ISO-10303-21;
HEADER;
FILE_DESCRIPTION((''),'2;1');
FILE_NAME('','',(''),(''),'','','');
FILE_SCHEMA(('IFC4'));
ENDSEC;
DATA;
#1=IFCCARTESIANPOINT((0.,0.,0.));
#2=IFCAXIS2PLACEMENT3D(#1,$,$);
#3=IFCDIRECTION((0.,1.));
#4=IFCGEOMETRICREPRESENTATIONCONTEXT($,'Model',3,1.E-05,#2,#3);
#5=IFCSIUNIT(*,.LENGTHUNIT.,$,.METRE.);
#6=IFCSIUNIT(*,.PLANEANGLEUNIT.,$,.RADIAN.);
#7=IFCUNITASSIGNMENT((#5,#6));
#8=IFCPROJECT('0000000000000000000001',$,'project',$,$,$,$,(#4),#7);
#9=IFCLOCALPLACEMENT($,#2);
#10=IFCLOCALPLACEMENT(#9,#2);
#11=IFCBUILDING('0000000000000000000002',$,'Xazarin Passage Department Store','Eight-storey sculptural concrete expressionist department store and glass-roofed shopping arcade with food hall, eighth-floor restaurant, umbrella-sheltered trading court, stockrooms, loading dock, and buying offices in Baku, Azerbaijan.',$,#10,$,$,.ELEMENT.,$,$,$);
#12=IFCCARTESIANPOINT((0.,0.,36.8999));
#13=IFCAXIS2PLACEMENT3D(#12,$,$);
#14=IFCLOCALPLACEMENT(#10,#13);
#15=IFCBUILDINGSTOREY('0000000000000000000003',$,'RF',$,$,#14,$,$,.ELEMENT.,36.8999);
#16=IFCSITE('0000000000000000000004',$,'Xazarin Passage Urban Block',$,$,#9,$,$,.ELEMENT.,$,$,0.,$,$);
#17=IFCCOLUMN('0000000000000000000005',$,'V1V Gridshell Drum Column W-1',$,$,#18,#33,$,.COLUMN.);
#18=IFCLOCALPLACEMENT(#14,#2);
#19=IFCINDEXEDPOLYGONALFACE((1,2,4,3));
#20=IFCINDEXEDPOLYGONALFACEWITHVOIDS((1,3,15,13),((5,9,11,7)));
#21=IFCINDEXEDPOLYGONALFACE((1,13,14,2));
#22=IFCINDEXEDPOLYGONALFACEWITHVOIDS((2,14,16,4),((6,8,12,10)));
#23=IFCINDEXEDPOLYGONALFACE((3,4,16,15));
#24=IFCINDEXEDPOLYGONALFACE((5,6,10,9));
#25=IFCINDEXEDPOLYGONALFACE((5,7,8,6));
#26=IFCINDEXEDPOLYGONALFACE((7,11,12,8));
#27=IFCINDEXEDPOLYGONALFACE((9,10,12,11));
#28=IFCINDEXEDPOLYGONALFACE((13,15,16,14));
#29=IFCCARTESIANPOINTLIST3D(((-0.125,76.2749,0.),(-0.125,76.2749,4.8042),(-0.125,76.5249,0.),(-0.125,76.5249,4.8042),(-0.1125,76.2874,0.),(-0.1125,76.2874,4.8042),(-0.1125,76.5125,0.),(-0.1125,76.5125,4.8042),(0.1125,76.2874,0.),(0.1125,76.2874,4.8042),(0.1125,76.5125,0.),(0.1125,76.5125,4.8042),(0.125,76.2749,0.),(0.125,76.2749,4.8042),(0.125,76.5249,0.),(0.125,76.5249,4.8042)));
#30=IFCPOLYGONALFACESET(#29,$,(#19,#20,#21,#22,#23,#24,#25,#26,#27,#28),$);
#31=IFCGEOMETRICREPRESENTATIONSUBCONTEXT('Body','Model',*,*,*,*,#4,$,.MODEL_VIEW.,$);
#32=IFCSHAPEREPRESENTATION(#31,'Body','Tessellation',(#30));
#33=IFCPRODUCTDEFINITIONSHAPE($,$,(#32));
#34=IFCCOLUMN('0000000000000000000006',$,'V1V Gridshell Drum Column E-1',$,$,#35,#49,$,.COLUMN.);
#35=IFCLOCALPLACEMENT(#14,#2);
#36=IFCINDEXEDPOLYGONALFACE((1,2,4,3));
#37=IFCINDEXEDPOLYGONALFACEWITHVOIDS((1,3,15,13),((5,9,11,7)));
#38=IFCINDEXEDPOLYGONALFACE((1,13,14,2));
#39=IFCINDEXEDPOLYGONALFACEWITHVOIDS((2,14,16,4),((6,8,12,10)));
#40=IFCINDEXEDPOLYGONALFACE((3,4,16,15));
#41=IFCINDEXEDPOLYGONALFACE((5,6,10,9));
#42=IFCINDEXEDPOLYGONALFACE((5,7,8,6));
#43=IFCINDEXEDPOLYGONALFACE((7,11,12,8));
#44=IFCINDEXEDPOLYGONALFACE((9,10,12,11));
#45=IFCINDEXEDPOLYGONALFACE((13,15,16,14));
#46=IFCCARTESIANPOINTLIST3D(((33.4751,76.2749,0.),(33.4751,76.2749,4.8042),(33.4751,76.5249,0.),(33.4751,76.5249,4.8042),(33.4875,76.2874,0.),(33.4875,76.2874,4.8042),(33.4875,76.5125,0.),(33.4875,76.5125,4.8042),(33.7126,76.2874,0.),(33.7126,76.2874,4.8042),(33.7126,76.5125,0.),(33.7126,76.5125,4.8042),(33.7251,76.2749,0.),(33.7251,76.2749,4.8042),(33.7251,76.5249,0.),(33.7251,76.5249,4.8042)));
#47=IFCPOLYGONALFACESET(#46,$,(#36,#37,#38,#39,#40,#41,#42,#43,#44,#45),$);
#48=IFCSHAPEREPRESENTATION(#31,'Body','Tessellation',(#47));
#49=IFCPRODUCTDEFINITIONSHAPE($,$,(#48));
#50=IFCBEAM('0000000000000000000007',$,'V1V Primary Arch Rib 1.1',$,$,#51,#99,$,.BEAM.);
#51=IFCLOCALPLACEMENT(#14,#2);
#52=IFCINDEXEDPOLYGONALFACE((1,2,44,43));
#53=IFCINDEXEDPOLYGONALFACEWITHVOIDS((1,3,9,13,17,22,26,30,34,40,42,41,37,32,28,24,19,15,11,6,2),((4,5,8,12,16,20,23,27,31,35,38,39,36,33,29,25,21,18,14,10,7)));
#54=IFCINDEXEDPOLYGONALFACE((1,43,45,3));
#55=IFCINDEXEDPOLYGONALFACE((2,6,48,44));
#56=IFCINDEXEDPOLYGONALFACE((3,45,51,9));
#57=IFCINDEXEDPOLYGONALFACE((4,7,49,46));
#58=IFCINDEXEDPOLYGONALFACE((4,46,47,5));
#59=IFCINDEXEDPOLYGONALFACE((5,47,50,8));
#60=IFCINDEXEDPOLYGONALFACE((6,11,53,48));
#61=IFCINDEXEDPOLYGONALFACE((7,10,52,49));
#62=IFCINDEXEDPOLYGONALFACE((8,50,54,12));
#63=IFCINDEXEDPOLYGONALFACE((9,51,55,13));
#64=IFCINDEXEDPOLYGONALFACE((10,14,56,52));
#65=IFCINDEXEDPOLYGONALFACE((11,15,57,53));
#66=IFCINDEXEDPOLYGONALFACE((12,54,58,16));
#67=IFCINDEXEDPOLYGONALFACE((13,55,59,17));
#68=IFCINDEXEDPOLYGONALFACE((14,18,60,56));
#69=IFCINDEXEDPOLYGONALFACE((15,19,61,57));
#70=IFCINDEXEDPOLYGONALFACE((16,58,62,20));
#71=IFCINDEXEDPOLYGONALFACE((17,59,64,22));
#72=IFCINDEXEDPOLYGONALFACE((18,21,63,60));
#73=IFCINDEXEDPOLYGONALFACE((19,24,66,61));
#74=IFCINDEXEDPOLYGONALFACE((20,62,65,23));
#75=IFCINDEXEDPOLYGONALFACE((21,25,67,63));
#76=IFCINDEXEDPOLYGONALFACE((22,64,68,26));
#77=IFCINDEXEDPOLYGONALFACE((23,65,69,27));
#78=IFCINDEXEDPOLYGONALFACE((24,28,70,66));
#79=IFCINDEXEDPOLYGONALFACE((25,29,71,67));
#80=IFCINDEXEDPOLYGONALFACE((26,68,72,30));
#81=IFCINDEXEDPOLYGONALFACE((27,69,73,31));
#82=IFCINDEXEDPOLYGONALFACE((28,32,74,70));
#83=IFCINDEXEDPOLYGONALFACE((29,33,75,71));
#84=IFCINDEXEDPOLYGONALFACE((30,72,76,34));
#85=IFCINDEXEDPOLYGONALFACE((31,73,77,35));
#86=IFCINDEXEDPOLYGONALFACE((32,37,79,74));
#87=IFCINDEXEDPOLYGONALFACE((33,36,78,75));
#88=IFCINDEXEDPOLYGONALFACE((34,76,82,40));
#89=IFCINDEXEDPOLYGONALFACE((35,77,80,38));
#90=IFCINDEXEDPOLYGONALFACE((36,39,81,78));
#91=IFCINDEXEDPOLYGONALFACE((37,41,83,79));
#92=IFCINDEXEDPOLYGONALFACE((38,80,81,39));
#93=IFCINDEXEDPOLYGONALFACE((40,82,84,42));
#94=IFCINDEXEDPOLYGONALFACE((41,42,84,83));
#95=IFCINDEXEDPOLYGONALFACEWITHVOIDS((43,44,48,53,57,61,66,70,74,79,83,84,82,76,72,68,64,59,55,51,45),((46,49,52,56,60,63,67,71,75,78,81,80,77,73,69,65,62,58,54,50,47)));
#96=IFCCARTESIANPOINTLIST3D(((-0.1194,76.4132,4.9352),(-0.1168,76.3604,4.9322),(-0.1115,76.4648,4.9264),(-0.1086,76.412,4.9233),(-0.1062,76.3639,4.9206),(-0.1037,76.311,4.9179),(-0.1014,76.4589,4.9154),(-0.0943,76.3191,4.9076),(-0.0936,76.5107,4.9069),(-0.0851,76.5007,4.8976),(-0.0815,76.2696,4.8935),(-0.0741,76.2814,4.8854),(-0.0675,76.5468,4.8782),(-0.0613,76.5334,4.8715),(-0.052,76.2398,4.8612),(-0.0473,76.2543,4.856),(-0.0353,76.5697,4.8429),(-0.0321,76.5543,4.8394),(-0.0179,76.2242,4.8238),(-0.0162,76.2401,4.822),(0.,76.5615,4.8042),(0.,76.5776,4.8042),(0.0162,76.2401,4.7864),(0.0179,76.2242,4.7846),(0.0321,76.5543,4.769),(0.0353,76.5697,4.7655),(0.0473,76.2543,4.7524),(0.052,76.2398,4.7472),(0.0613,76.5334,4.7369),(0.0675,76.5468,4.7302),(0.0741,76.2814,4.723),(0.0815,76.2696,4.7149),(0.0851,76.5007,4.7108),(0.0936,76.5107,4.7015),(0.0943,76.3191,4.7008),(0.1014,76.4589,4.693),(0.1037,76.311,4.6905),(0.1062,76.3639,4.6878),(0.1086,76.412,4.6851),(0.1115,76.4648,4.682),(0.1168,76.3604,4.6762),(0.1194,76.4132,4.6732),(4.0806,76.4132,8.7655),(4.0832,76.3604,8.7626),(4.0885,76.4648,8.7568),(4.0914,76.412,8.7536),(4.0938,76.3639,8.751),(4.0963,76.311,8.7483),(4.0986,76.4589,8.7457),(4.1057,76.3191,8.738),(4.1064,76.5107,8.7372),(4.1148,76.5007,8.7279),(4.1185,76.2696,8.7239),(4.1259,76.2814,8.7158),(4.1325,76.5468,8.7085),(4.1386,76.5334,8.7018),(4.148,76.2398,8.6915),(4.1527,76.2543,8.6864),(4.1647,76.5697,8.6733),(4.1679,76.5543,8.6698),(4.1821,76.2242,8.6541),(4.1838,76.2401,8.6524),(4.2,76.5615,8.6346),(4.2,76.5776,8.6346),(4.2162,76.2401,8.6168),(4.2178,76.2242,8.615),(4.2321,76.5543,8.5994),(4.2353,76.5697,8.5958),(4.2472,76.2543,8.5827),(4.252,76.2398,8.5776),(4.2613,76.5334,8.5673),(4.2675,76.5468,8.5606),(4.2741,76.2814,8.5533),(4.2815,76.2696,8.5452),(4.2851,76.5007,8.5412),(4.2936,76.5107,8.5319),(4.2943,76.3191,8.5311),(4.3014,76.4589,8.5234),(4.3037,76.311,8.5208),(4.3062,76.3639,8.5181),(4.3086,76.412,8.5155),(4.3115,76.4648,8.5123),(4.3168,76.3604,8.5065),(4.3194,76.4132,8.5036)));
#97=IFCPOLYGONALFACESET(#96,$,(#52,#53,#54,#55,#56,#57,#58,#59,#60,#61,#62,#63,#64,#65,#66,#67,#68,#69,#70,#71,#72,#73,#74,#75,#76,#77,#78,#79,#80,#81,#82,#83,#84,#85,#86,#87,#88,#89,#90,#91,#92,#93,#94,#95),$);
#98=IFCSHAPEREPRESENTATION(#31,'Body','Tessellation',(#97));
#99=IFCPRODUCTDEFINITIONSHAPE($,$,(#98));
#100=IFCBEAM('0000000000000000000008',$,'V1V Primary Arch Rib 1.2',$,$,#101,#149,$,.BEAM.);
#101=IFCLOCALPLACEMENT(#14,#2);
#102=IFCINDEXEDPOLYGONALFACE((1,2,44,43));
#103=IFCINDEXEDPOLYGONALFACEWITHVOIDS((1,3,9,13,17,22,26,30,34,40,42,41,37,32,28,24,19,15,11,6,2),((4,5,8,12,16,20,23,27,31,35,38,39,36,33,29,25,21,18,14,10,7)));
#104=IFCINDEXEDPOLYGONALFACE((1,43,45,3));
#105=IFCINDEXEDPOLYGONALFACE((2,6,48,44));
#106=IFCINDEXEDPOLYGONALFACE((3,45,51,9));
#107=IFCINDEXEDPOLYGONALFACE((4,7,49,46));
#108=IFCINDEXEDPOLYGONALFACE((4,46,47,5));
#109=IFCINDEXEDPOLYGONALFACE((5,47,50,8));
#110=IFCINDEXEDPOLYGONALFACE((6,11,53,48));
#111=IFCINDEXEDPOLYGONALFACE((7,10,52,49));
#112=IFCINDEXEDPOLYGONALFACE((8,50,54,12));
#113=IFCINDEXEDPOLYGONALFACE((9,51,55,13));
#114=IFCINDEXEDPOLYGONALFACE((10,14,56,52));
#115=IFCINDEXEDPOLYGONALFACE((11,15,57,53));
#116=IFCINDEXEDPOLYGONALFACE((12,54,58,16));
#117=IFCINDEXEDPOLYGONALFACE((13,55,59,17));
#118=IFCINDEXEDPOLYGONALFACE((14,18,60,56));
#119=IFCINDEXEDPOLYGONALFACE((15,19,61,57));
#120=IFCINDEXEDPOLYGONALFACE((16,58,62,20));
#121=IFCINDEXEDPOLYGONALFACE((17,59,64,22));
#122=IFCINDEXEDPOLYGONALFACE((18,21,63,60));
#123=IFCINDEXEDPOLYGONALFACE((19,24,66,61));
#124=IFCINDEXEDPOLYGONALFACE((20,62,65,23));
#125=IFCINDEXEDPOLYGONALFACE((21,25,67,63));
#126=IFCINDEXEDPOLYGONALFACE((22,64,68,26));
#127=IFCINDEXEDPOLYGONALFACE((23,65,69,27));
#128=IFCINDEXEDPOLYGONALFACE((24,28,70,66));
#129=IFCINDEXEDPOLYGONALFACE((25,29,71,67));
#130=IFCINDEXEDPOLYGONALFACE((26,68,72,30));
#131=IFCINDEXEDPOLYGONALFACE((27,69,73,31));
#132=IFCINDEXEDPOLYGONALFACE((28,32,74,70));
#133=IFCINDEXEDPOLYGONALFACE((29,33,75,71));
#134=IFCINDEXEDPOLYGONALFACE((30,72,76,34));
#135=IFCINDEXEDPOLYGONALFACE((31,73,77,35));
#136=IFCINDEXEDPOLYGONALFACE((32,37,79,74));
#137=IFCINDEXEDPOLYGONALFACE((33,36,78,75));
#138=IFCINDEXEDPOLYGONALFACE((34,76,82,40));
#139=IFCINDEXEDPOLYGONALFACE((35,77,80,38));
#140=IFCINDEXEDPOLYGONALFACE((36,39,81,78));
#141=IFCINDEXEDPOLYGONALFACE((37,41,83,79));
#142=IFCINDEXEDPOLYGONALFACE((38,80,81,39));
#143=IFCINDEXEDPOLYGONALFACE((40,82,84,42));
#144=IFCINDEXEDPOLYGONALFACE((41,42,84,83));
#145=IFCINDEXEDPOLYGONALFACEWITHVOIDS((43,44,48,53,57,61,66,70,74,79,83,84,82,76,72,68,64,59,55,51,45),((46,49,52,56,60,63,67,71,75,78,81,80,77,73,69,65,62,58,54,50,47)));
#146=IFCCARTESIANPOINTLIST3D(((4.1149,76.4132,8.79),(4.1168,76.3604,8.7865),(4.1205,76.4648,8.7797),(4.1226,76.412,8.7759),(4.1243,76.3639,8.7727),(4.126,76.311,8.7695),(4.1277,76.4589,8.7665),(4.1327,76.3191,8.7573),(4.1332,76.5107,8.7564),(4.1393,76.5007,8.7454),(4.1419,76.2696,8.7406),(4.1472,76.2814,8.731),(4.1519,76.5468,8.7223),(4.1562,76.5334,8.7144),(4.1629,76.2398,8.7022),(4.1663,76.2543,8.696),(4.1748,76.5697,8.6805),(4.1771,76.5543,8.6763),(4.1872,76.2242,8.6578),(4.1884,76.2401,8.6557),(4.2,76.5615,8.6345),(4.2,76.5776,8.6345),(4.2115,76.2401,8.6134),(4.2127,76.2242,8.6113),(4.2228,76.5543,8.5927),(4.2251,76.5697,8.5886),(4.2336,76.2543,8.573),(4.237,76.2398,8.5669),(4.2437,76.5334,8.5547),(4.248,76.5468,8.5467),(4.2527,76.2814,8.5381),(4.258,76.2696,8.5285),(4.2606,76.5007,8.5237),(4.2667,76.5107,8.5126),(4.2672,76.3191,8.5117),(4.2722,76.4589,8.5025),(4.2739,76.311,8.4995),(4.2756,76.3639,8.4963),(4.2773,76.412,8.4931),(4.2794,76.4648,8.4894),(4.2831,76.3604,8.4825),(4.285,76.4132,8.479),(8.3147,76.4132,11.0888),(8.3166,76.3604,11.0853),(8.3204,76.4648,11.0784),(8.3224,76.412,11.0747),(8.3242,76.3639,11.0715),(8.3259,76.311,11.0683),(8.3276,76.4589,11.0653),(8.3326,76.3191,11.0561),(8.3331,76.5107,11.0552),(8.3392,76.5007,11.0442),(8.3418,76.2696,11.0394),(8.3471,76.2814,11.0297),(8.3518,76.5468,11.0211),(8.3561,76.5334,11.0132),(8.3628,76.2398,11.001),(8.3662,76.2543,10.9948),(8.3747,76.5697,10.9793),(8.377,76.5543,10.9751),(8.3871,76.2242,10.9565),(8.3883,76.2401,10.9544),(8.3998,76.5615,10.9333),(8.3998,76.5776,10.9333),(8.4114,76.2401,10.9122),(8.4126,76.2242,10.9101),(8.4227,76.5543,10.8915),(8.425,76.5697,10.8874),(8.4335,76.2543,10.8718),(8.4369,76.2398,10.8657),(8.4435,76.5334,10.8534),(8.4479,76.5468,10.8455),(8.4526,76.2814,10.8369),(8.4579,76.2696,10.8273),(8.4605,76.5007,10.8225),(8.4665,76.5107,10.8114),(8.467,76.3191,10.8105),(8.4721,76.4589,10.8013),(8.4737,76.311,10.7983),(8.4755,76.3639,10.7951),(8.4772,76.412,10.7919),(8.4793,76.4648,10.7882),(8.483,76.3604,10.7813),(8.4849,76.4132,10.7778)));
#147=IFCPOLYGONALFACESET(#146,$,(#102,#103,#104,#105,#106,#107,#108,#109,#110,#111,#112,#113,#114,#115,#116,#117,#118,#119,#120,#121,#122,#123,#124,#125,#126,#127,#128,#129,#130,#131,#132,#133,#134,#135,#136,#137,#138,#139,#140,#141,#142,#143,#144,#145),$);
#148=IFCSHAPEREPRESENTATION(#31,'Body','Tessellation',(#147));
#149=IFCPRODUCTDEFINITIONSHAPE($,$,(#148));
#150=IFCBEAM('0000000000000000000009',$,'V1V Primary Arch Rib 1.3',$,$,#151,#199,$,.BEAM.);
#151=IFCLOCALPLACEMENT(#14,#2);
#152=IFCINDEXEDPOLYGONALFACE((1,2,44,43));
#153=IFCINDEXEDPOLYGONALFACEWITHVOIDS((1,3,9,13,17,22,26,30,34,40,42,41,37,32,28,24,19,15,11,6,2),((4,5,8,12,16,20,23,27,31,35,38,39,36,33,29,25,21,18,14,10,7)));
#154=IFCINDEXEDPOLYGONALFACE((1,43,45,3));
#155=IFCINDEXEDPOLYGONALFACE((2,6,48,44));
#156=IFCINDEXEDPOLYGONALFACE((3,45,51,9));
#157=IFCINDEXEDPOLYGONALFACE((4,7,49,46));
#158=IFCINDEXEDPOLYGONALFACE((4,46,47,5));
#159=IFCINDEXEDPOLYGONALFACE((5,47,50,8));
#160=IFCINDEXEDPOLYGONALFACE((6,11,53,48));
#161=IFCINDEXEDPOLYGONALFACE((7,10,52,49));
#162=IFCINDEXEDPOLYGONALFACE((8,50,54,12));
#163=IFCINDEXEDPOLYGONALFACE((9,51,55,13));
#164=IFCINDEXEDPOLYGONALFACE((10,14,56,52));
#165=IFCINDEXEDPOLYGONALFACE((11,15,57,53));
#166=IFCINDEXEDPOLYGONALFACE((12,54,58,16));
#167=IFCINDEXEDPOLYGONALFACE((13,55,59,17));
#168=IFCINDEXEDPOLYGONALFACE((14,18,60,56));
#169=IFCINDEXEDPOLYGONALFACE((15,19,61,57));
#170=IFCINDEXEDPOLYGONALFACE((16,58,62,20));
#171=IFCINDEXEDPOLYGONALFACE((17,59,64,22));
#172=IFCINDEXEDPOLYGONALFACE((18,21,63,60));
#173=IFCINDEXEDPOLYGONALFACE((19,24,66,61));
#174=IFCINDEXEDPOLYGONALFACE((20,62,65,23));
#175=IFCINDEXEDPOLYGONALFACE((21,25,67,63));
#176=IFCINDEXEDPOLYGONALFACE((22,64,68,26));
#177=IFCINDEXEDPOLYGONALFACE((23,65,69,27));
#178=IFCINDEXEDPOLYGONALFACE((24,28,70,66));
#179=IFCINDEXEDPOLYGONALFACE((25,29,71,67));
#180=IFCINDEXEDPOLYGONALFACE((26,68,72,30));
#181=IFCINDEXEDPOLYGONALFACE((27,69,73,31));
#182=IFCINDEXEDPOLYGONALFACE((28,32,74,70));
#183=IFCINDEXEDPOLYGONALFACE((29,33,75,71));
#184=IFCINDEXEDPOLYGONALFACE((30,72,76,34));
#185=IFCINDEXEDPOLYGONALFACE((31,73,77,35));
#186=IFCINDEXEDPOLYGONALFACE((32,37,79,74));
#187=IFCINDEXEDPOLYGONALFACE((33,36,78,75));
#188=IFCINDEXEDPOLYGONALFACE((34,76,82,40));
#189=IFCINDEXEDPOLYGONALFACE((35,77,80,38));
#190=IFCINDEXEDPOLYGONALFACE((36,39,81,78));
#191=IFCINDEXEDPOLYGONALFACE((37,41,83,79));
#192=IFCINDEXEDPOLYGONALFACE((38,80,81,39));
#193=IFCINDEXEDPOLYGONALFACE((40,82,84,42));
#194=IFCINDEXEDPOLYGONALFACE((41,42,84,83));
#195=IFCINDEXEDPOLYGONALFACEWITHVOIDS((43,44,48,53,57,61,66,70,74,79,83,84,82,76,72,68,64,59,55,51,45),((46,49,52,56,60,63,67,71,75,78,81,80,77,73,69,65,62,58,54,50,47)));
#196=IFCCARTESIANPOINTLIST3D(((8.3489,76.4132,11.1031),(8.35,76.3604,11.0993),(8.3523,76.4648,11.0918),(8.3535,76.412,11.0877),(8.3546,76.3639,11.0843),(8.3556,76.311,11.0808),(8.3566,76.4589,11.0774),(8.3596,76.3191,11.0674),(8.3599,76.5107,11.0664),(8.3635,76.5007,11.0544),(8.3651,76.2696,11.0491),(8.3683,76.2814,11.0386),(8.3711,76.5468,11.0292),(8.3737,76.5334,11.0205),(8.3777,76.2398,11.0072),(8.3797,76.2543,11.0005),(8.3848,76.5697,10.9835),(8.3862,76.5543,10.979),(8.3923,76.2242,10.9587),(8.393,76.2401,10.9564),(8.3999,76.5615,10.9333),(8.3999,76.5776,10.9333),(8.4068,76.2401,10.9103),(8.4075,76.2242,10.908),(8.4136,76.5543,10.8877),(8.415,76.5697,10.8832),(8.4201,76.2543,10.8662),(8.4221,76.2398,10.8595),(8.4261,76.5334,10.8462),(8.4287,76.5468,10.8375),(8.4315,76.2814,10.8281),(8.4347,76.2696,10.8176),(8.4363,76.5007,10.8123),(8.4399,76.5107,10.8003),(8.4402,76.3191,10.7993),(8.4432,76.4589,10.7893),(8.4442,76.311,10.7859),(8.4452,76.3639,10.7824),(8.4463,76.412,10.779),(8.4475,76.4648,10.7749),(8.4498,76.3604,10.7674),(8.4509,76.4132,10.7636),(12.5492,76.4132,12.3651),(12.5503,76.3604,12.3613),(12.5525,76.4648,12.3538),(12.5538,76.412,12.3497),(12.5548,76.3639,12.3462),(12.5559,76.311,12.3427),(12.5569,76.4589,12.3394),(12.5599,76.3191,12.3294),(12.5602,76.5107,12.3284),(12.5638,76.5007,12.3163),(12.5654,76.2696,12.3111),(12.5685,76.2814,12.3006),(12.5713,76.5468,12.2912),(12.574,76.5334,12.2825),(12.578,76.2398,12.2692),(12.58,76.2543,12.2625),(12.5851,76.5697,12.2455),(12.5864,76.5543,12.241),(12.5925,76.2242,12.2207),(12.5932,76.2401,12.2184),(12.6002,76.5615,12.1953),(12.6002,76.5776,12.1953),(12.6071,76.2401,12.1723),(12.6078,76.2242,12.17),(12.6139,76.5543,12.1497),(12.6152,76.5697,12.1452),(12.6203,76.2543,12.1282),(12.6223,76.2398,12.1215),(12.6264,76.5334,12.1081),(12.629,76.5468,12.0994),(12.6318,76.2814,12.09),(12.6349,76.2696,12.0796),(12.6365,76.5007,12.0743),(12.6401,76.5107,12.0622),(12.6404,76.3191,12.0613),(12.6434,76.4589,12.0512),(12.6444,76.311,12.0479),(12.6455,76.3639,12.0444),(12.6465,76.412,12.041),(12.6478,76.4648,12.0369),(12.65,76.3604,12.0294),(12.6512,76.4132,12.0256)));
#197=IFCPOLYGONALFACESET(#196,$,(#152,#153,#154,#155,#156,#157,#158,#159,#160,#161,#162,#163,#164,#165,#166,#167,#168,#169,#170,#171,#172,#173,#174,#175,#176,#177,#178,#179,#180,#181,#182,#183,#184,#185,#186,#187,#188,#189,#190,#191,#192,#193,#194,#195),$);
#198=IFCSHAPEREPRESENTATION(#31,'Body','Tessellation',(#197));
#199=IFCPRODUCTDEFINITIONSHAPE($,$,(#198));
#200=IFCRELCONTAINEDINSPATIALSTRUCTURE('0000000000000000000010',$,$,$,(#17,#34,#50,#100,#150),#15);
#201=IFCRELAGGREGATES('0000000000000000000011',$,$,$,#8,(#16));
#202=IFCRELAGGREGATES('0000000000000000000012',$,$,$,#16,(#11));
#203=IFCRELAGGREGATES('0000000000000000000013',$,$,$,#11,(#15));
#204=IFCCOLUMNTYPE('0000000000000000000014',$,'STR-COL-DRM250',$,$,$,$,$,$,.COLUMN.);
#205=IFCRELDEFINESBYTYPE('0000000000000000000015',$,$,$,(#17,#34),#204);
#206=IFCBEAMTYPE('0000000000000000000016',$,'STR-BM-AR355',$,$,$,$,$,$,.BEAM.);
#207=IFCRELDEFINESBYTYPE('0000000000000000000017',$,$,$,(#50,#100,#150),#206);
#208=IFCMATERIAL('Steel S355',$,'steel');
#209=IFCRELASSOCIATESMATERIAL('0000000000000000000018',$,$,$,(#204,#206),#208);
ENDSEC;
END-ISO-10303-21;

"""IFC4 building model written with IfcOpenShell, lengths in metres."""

from ifc_helpers import new_model, si_unit, direction, frame, origin, origin_2d, place, context, subcontext, project, spatial, hollow_rectangle, hollow_circle, extrude, material, material_profile, profile_set, type_object, element, save


model = new_model("IFC4")

# Units and contexts
model_context = context("Model", 3, precision=1e-05, world=origin(), true_north=direction((0.0, 1.0)))
body_context = subcontext(model_context, "Body", "Model", "MODEL_VIEW")
ifc_project = project(units=[si_unit("LENGTHUNIT", "METRE"), si_unit("PLANEANGLEUNIT", "RADIAN")], contexts=[model_context])

# Site, building, storey
site_placement = place(None, origin())
site = spatial("IfcSite", under=ifc_project, at=site_placement, Name="Xazarin Passage Urban Block", CompositionType="ELEMENT", RefElevation=0.0)
building_placement = place(site_placement, origin())
building = spatial("IfcBuilding", under=site, at=building_placement, Name="Xazarin Passage Department Store", Description="Eight-storey sculptural concrete expressionist department store and glass-roofed shopping arcade with food hall, eighth-floor restaurant, umbrella-sheltered trading court, stockrooms, loading dock, and buying offices in Baku, Azerbaijan.", CompositionType="ELEMENT")
storey_placement = place(building_placement, frame((0.0, 0.0, 36.8999)))
storey = spatial("IfcBuildingStorey", under=building, at=storey_placement, Name="RF", CompositionType="ELEMENT", Elevation=36.8999)

# Columns
ifc_material_1 = material(Name="Steel S355", Category="steel")
ifc_material_profile_1 = material_profile(ifc_material_1, hollow_rectangle(XDim=0.25, YDim=0.25, WallThickness=0.0125, at=origin_2d()), Name="SHS 250x250x12.5")
ifc_profile_set_1 = profile_set([ifc_material_profile_1], Name="Steel S355")
column_type = type_object("IfcColumnType", Name="STR-COL-DRM250", PredefinedType="COLUMN", material=ifc_profile_set_1)
for number, where, z_axis, x_axis, name in (
    (1, (0.0, 76.3999, 0.0), (0.0, 0.0, 1.0), (1.0, 0.0, 0.0), "V1V Gridshell Drum Column W-1"),
    (2, (33.6001, 76.3999, 0.0), (0.0, 0.0, 1.0), (1.0, 0.0, 0.0), "V1V Gridshell Drum Column E-1"),
):
    element("IfcColumn", number, at=place(storey_placement, frame(where, z_axis=z_axis, x_axis=x_axis)), inside=storey, type_object=column_type, Name=name, PredefinedType="COLUMN", context=body_context, shape_type="SweptSolid", body=[
        extrude(hollow_rectangle(XDim=0.25, YDim=0.25, WallThickness=0.0125, at=origin_2d()), origin(), (0.0, 0.0, 1.0), 4.8042),
    ])

# Beams
ifc_material_profile_2 = material_profile(ifc_material_1, hollow_circle(Radius=0.1777, WallThickness=0.0161, at=origin_2d()), Name="CHS 355.6x16")
ifc_profile_set_2 = profile_set([ifc_material_profile_2], Name="Steel S355")
beam_type_1 = type_object("IfcBeamType", Name="STR-BM-AR355", PredefinedType="BEAM", material=ifc_profile_set_2)
beam_1_placement = place(storey_placement, frame((0.0, 76.3999, 4.8042), z_axis=(0.738872, 0.0, 0.673846), x_axis=(0.0, 1.0, 0.0)))
element("IfcBeam", 3, at=beam_1_placement, inside=storey, type_object=beam_type_1, Name="V1V Primary Arch Rib 1.1", PredefinedType="BEAM", context=body_context, shape_type="SweptSolid", body=[
    extrude(hollow_circle(Radius=0.1777, WallThickness=0.0161, at=origin_2d()), origin(), (0.0, 0.0, 1.0), 5.6843),
])
beam_2_placement = place(storey_placement, frame((4.2, 76.3999, 8.6345), z_axis=(0.877197, 0.0, 0.480131), x_axis=(0.0, 1.0, 0.0)))
element("IfcBeam", 4, at=beam_2_placement, inside=storey, type_object=beam_type_1, Name="V1V Primary Arch Rib 1.2", PredefinedType="BEAM", context=body_context, shape_type="SweptSolid", body=[
    extrude(hollow_circle(Radius=0.1777, WallThickness=0.0161, at=origin_2d()), origin(), (0.0, 0.0, 1.0), 4.7878),
])
beam_3_placement = place(storey_placement, frame((8.3999, 76.3999, 10.9333), z_axis=(0.957707, 0.0, 0.287746), x_axis=(0.0, 1.0, 0.0)))
element("IfcBeam", 5, at=beam_3_placement, inside=storey, type_object=beam_type_1, Name="V1V Primary Arch Rib 1.3", PredefinedType="BEAM", context=body_context, shape_type="SweptSolid", body=[
    extrude(hollow_circle(Radius=0.1777, WallThickness=0.0161, at=origin_2d()), origin(), (0.0, 0.0, 1.0), 4.3857),
])

save(model, "model.ifc")
